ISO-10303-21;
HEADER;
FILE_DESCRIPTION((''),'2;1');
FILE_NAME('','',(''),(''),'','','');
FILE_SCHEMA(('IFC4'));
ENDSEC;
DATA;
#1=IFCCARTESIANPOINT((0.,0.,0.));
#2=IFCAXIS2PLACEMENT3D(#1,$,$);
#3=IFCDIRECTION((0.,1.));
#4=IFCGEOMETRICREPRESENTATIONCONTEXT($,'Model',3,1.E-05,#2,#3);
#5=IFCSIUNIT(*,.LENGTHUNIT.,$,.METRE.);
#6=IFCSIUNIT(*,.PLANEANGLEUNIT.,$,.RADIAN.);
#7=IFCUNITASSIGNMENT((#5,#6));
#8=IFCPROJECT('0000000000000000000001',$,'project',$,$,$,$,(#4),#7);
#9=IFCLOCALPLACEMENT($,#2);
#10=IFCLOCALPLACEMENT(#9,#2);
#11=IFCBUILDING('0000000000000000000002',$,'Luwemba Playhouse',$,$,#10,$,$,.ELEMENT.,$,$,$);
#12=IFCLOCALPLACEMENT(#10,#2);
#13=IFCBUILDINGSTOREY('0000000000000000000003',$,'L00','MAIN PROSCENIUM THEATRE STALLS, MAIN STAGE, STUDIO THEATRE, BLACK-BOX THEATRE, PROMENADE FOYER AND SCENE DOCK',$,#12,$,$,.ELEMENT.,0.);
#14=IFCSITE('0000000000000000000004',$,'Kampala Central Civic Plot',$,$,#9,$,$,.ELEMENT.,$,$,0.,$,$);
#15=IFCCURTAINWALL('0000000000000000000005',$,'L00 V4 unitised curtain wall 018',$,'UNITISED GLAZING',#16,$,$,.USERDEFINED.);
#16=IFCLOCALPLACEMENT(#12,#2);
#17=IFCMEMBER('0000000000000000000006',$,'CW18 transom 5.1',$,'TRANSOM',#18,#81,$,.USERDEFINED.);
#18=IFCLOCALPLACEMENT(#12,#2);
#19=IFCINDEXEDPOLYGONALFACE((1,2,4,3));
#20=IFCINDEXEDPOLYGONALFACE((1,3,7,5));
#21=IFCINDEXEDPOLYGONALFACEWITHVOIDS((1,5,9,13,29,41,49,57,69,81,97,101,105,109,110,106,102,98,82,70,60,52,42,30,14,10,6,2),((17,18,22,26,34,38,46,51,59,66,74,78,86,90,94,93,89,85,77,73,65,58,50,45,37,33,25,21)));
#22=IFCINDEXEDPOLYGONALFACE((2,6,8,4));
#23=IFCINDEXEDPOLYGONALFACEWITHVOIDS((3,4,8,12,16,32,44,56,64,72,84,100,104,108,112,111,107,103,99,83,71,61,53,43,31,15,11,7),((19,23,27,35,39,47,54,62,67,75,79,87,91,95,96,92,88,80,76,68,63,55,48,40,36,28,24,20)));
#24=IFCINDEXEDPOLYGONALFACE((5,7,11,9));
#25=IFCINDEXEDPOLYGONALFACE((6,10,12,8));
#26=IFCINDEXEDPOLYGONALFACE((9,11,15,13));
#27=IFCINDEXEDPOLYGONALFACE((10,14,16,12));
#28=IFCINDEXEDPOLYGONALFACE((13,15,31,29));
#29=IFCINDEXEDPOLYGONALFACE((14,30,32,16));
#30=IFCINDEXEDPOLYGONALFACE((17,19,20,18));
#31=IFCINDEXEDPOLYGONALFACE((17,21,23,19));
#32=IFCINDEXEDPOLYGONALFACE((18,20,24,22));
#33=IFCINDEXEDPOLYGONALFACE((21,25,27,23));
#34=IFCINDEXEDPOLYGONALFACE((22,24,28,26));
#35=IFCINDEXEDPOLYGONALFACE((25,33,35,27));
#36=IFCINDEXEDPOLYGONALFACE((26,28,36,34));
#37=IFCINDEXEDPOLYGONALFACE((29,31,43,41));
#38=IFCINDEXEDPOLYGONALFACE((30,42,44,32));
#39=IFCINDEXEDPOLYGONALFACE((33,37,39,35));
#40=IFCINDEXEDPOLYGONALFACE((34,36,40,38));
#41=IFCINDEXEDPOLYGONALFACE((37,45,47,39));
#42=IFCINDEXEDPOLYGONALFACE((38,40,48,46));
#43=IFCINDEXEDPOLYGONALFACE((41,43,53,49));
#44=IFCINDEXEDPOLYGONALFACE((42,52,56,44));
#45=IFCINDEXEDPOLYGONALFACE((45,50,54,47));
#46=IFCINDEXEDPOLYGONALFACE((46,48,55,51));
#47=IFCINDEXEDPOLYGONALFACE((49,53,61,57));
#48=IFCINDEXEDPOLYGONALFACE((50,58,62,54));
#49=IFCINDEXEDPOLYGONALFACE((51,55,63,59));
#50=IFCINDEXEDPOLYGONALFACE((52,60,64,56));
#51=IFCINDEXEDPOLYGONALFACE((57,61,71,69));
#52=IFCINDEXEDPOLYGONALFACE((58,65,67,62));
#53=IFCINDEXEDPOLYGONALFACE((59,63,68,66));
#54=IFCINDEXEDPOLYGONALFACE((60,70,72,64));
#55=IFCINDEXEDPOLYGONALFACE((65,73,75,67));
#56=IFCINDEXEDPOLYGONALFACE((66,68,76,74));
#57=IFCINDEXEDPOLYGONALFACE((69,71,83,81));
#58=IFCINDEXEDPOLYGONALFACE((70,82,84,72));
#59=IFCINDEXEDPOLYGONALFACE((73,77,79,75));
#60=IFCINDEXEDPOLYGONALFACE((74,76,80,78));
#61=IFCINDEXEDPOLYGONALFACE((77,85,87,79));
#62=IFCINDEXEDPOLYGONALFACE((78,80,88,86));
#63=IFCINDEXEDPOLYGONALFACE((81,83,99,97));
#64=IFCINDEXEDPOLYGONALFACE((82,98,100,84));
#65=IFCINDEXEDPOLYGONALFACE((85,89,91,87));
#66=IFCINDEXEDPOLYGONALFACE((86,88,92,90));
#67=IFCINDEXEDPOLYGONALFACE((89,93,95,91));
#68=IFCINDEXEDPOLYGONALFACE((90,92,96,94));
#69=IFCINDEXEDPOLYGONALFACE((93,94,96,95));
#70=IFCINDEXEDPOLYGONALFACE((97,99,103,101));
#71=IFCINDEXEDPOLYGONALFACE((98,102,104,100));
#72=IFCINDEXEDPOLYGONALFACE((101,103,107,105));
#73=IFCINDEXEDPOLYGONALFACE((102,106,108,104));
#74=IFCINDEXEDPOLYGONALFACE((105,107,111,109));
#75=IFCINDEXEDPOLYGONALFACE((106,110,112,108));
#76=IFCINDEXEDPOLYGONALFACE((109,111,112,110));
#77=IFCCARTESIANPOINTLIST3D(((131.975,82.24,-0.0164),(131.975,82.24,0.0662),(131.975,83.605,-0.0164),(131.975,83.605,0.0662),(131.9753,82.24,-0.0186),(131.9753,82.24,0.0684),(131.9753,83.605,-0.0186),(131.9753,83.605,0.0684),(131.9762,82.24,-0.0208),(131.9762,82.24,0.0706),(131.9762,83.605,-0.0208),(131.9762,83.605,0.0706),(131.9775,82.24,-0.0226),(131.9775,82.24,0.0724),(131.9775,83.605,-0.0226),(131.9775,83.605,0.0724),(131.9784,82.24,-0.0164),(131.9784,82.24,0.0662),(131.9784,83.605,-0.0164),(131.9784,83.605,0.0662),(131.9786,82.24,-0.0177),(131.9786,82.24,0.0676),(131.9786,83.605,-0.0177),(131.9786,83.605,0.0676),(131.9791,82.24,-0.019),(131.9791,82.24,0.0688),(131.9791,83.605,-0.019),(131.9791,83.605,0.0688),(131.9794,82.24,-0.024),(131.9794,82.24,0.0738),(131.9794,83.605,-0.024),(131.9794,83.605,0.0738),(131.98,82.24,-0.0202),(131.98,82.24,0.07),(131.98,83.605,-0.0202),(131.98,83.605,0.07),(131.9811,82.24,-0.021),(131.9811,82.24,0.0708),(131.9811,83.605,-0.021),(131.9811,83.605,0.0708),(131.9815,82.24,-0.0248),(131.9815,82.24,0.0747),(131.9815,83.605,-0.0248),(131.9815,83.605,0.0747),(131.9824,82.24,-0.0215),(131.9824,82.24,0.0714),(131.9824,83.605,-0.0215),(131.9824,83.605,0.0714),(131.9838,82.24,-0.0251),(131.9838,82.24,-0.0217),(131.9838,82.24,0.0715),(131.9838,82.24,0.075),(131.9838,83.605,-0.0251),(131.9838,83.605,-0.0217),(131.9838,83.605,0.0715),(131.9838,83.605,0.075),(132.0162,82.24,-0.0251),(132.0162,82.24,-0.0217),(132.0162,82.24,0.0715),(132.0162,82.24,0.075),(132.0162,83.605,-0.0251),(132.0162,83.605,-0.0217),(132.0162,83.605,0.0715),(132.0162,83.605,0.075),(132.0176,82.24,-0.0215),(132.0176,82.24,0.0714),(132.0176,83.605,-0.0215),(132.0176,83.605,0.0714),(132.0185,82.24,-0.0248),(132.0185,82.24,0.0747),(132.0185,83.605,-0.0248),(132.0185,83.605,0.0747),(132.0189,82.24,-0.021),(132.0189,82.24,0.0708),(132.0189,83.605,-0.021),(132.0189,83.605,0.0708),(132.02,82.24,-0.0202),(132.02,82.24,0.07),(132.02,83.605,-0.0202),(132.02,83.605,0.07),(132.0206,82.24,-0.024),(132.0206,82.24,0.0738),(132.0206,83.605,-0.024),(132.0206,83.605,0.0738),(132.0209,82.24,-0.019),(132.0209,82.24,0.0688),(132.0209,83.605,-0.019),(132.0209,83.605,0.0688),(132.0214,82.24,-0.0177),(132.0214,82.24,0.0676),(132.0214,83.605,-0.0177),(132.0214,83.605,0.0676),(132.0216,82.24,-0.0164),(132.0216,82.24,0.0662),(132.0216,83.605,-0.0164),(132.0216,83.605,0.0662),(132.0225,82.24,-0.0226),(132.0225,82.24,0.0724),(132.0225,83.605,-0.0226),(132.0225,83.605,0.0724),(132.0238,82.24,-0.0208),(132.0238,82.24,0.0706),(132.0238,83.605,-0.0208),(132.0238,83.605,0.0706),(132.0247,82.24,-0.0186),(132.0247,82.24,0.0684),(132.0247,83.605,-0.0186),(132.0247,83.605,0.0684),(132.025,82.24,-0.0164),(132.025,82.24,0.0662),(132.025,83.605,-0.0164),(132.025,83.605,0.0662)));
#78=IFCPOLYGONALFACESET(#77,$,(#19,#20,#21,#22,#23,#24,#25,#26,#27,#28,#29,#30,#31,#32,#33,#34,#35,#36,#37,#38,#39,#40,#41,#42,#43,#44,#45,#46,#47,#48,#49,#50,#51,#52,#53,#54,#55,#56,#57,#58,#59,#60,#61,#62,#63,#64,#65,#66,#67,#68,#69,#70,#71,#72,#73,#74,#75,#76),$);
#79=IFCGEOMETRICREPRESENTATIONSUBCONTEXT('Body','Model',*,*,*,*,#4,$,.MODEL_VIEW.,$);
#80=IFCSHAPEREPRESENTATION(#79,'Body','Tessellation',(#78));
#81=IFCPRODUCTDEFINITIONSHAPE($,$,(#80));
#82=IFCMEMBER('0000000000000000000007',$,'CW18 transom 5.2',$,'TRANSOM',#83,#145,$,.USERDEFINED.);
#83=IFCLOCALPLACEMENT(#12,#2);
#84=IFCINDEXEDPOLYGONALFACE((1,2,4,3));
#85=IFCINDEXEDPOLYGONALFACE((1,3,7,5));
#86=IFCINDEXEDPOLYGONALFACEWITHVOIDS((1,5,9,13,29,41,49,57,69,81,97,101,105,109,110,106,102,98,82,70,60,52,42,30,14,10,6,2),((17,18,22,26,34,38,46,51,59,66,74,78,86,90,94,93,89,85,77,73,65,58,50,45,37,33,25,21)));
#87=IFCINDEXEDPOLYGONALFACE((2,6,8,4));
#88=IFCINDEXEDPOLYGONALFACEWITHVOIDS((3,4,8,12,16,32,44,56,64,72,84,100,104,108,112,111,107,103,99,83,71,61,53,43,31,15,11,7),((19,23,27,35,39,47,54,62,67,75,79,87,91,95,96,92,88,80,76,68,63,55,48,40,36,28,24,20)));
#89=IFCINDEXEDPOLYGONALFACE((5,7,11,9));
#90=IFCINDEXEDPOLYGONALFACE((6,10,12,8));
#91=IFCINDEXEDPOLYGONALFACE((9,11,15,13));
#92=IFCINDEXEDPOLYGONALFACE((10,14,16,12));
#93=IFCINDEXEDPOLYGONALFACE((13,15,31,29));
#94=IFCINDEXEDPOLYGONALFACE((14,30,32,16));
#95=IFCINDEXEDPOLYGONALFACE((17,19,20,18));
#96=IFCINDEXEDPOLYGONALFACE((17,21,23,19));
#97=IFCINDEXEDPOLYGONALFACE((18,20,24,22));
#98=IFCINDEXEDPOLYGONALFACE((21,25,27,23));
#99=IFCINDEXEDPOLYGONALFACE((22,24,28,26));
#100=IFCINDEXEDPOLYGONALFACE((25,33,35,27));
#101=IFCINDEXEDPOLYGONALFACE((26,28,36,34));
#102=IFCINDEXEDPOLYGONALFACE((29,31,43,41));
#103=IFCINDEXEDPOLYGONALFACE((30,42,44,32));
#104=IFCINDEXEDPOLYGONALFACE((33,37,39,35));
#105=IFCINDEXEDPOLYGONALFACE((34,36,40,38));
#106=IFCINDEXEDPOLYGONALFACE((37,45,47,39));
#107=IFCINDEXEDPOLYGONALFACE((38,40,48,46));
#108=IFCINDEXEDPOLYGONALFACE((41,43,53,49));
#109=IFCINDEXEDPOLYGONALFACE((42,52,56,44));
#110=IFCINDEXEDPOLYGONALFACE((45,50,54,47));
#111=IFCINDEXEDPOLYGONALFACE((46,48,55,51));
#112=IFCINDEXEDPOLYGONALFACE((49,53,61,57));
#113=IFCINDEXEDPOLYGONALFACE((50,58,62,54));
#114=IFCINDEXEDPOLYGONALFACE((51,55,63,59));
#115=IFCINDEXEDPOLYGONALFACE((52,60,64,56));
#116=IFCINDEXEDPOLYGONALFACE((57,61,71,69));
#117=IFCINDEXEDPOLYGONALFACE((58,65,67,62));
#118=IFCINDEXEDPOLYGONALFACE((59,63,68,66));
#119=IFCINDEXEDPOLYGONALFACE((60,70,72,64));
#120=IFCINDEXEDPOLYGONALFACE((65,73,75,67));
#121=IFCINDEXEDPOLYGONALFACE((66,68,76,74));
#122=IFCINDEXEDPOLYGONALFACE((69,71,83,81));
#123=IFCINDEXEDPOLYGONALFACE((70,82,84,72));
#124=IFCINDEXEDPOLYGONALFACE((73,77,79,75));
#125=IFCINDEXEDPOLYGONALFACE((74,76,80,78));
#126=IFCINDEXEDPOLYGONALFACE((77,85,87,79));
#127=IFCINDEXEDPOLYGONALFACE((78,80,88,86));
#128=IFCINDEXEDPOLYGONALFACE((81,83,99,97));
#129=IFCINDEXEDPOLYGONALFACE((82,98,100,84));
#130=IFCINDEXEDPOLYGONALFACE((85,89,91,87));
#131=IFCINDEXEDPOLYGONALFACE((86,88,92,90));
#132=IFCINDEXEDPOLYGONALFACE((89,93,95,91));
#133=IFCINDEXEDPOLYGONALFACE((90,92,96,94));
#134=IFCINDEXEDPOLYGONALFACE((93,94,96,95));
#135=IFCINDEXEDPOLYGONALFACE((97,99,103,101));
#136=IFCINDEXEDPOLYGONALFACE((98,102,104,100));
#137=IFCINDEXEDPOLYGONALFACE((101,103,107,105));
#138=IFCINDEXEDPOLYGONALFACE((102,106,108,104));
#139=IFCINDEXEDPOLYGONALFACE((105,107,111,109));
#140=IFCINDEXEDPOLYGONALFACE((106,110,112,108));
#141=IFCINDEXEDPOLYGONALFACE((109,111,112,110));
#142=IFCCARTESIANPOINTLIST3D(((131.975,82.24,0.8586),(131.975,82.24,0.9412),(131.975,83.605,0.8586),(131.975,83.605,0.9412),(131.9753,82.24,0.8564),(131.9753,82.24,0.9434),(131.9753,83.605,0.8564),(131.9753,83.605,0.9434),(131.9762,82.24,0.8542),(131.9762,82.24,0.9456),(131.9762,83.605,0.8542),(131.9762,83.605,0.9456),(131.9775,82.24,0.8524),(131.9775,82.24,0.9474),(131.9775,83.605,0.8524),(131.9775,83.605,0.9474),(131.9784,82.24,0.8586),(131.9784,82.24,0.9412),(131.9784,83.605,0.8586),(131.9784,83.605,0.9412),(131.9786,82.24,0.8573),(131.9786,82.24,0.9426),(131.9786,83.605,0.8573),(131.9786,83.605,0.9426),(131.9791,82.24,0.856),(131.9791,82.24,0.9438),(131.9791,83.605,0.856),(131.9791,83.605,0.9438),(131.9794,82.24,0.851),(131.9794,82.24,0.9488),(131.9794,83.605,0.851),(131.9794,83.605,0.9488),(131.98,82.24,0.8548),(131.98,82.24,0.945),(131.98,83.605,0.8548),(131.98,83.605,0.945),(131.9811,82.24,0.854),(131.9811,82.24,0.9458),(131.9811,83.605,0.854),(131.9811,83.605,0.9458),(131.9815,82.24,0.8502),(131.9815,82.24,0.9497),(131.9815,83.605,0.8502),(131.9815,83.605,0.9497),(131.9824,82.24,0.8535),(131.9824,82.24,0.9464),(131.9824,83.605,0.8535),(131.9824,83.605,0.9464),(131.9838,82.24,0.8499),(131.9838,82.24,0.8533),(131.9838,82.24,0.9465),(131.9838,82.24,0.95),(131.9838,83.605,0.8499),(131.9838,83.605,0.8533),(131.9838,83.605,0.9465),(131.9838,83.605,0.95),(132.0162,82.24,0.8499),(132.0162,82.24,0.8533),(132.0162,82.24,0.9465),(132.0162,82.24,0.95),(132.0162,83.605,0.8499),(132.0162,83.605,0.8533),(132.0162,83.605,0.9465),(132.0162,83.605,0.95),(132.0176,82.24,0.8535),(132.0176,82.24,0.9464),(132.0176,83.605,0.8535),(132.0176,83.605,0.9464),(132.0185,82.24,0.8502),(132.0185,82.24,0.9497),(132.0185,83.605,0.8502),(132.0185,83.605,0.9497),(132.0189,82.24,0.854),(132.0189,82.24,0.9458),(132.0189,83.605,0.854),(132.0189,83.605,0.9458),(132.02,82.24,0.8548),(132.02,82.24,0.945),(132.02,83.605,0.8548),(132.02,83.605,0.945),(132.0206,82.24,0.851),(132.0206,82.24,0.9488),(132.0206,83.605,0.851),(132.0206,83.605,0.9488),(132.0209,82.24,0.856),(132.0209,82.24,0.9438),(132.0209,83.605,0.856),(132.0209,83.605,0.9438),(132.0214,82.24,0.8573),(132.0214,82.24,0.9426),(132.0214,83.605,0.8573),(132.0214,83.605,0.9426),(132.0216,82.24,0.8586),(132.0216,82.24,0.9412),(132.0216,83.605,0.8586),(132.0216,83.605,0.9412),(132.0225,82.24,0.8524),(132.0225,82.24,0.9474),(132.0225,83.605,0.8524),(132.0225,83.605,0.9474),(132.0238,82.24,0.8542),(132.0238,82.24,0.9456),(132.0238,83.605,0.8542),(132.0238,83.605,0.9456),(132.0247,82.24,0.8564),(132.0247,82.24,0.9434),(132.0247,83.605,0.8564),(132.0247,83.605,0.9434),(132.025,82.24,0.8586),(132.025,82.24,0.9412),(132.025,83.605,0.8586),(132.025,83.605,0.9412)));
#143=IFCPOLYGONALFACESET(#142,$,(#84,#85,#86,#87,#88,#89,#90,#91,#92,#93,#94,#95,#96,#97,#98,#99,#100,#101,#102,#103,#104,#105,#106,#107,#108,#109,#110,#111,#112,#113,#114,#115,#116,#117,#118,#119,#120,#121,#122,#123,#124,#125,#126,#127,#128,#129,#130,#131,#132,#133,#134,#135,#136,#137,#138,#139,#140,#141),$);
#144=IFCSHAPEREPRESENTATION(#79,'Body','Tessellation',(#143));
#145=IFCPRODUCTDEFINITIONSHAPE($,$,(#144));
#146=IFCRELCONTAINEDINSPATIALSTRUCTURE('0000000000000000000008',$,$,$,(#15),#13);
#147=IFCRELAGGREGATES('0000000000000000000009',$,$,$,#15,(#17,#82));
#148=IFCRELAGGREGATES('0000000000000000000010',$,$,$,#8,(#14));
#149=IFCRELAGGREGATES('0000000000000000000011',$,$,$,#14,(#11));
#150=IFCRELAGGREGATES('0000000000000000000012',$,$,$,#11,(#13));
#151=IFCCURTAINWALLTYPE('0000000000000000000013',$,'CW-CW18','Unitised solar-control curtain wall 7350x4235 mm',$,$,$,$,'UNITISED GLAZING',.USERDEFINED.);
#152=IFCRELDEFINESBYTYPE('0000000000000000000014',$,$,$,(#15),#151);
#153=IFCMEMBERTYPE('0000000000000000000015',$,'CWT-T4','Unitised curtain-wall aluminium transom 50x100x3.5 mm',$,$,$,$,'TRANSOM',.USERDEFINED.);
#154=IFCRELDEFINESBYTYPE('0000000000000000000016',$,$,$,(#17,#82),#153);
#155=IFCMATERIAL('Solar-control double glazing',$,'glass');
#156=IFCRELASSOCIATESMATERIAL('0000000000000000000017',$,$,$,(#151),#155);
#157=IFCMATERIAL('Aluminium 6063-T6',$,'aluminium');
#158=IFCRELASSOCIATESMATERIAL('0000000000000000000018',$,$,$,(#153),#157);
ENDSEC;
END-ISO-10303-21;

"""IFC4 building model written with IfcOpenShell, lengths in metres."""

from ifc_helpers import new_model, si_unit, direction, frame, origin, origin_2d, place, context, subcontext, project, spatial, hollow_rectangle, extrude, material, material_profile, profile_set, type_object, element, aggregate, save


model = new_model("IFC4")

# Units and contexts
model_context = context("Model", 3, precision=1e-05, world=origin(), true_north=direction((0.0, 1.0)))
body_context = subcontext(model_context, "Body", "Model", "MODEL_VIEW")
ifc_project = project(units=[si_unit("LENGTHUNIT", "METRE"), si_unit("PLANEANGLEUNIT", "RADIAN")], contexts=[model_context])

# Site, building, storey
site_placement = place(None, origin())
site = spatial("IfcSite", under=ifc_project, at=site_placement, Name="Kampala Central Civic Plot", CompositionType="ELEMENT", RefElevation=0.0)
building_placement = place(site_placement, origin())
building = spatial("IfcBuilding", under=site, at=building_placement, Name="Luwemba Playhouse", CompositionType="ELEMENT")
storey_placement = place(building_placement, origin())
storey = spatial("IfcBuildingStorey", under=building, at=storey_placement, Name="L00", Description="MAIN PROSCENIUM THEATRE STALLS, MAIN STAGE, STUDIO THEATRE, BLACK-BOX THEATRE, PROMENADE FOYER AND SCENE DOCK", CompositionType="ELEMENT", Elevation=0.0)

# Curtain wall, members
ifc_material_1 = material(Name="Solar-control double glazing", Category="glass")
curtain_wall_type = type_object("IfcCurtainWallType", Name="CW-CW18", Description="Unitised solar-control curtain wall 7350x4235 mm", ElementType="UNITISED GLAZING", PredefinedType="USERDEFINED", material=ifc_material_1)
curtain_wall_placement = place(storey_placement, origin())
curtain_wall = element("IfcCurtainWall", 1, at=curtain_wall_placement, inside=storey, type_object=curtain_wall_type, Name="L00 V4 unitised curtain wall 018", ObjectType="UNITISED GLAZING", PredefinedType="USERDEFINED")
ifc_material_2 = material(Name="Aluminium 6063-T6", Category="aluminium")
ifc_material_profile_1 = material_profile(ifc_material_2, hollow_rectangle(XDim=0.05, YDim=0.1001, WallThickness=0.0034, InnerFilletRadius=0.0054, OuterFilletRadius=0.0088, at=origin_2d()))
ifc_profile_set_1 = profile_set([ifc_material_profile_1], Name="Aluminium 6063-T6")
member_type_1 = type_object("IfcMemberType", Name="CWT-T4", Description="Unitised curtain-wall aluminium transom 50x100x3.5 mm", ElementType="TRANSOM", PredefinedType="USERDEFINED", material=ifc_profile_set_1)
member_1_placement = place(storey_placement, frame((132.0, 82.24, 0.0249), z_axis=(0.0, 1.0, 0.0), x_axis=(-1.0, 0.0, 0.0)))
member_1 = element("IfcMember", 2, at=member_1_placement, type_object=member_type_1, Name="CW18 transom 5.1", ObjectType="TRANSOM", PredefinedType="USERDEFINED", context=body_context, shape_type="SweptSolid", body=[
    extrude(hollow_rectangle(XDim=0.05, YDim=0.1001, WallThickness=0.0034, InnerFilletRadius=0.0054, OuterFilletRadius=0.0088, at=origin_2d()), origin(), (0.0, 0.0, 1.0), 1.365),
])
member_2_placement = place(storey_placement, frame((132.0, 82.24, 0.8999), z_axis=(0.0, 1.0, 0.0), x_axis=(-1.0, 0.0, 0.0)))
member_2 = element("IfcMember", 3, at=member_2_placement, type_object=member_type_1, Name="CW18 transom 5.2", ObjectType="TRANSOM", PredefinedType="USERDEFINED", context=body_context, shape_type="SweptSolid", body=[
    extrude(hollow_rectangle(XDim=0.05, YDim=0.1001, WallThickness=0.0034, InnerFilletRadius=0.0054, OuterFilletRadius=0.0088, at=origin_2d()), origin(), (0.0, 0.0, 1.0), 1.365),
])
aggregate(curtain_wall, [member_1, member_2])

save(model, "model.ifc")
